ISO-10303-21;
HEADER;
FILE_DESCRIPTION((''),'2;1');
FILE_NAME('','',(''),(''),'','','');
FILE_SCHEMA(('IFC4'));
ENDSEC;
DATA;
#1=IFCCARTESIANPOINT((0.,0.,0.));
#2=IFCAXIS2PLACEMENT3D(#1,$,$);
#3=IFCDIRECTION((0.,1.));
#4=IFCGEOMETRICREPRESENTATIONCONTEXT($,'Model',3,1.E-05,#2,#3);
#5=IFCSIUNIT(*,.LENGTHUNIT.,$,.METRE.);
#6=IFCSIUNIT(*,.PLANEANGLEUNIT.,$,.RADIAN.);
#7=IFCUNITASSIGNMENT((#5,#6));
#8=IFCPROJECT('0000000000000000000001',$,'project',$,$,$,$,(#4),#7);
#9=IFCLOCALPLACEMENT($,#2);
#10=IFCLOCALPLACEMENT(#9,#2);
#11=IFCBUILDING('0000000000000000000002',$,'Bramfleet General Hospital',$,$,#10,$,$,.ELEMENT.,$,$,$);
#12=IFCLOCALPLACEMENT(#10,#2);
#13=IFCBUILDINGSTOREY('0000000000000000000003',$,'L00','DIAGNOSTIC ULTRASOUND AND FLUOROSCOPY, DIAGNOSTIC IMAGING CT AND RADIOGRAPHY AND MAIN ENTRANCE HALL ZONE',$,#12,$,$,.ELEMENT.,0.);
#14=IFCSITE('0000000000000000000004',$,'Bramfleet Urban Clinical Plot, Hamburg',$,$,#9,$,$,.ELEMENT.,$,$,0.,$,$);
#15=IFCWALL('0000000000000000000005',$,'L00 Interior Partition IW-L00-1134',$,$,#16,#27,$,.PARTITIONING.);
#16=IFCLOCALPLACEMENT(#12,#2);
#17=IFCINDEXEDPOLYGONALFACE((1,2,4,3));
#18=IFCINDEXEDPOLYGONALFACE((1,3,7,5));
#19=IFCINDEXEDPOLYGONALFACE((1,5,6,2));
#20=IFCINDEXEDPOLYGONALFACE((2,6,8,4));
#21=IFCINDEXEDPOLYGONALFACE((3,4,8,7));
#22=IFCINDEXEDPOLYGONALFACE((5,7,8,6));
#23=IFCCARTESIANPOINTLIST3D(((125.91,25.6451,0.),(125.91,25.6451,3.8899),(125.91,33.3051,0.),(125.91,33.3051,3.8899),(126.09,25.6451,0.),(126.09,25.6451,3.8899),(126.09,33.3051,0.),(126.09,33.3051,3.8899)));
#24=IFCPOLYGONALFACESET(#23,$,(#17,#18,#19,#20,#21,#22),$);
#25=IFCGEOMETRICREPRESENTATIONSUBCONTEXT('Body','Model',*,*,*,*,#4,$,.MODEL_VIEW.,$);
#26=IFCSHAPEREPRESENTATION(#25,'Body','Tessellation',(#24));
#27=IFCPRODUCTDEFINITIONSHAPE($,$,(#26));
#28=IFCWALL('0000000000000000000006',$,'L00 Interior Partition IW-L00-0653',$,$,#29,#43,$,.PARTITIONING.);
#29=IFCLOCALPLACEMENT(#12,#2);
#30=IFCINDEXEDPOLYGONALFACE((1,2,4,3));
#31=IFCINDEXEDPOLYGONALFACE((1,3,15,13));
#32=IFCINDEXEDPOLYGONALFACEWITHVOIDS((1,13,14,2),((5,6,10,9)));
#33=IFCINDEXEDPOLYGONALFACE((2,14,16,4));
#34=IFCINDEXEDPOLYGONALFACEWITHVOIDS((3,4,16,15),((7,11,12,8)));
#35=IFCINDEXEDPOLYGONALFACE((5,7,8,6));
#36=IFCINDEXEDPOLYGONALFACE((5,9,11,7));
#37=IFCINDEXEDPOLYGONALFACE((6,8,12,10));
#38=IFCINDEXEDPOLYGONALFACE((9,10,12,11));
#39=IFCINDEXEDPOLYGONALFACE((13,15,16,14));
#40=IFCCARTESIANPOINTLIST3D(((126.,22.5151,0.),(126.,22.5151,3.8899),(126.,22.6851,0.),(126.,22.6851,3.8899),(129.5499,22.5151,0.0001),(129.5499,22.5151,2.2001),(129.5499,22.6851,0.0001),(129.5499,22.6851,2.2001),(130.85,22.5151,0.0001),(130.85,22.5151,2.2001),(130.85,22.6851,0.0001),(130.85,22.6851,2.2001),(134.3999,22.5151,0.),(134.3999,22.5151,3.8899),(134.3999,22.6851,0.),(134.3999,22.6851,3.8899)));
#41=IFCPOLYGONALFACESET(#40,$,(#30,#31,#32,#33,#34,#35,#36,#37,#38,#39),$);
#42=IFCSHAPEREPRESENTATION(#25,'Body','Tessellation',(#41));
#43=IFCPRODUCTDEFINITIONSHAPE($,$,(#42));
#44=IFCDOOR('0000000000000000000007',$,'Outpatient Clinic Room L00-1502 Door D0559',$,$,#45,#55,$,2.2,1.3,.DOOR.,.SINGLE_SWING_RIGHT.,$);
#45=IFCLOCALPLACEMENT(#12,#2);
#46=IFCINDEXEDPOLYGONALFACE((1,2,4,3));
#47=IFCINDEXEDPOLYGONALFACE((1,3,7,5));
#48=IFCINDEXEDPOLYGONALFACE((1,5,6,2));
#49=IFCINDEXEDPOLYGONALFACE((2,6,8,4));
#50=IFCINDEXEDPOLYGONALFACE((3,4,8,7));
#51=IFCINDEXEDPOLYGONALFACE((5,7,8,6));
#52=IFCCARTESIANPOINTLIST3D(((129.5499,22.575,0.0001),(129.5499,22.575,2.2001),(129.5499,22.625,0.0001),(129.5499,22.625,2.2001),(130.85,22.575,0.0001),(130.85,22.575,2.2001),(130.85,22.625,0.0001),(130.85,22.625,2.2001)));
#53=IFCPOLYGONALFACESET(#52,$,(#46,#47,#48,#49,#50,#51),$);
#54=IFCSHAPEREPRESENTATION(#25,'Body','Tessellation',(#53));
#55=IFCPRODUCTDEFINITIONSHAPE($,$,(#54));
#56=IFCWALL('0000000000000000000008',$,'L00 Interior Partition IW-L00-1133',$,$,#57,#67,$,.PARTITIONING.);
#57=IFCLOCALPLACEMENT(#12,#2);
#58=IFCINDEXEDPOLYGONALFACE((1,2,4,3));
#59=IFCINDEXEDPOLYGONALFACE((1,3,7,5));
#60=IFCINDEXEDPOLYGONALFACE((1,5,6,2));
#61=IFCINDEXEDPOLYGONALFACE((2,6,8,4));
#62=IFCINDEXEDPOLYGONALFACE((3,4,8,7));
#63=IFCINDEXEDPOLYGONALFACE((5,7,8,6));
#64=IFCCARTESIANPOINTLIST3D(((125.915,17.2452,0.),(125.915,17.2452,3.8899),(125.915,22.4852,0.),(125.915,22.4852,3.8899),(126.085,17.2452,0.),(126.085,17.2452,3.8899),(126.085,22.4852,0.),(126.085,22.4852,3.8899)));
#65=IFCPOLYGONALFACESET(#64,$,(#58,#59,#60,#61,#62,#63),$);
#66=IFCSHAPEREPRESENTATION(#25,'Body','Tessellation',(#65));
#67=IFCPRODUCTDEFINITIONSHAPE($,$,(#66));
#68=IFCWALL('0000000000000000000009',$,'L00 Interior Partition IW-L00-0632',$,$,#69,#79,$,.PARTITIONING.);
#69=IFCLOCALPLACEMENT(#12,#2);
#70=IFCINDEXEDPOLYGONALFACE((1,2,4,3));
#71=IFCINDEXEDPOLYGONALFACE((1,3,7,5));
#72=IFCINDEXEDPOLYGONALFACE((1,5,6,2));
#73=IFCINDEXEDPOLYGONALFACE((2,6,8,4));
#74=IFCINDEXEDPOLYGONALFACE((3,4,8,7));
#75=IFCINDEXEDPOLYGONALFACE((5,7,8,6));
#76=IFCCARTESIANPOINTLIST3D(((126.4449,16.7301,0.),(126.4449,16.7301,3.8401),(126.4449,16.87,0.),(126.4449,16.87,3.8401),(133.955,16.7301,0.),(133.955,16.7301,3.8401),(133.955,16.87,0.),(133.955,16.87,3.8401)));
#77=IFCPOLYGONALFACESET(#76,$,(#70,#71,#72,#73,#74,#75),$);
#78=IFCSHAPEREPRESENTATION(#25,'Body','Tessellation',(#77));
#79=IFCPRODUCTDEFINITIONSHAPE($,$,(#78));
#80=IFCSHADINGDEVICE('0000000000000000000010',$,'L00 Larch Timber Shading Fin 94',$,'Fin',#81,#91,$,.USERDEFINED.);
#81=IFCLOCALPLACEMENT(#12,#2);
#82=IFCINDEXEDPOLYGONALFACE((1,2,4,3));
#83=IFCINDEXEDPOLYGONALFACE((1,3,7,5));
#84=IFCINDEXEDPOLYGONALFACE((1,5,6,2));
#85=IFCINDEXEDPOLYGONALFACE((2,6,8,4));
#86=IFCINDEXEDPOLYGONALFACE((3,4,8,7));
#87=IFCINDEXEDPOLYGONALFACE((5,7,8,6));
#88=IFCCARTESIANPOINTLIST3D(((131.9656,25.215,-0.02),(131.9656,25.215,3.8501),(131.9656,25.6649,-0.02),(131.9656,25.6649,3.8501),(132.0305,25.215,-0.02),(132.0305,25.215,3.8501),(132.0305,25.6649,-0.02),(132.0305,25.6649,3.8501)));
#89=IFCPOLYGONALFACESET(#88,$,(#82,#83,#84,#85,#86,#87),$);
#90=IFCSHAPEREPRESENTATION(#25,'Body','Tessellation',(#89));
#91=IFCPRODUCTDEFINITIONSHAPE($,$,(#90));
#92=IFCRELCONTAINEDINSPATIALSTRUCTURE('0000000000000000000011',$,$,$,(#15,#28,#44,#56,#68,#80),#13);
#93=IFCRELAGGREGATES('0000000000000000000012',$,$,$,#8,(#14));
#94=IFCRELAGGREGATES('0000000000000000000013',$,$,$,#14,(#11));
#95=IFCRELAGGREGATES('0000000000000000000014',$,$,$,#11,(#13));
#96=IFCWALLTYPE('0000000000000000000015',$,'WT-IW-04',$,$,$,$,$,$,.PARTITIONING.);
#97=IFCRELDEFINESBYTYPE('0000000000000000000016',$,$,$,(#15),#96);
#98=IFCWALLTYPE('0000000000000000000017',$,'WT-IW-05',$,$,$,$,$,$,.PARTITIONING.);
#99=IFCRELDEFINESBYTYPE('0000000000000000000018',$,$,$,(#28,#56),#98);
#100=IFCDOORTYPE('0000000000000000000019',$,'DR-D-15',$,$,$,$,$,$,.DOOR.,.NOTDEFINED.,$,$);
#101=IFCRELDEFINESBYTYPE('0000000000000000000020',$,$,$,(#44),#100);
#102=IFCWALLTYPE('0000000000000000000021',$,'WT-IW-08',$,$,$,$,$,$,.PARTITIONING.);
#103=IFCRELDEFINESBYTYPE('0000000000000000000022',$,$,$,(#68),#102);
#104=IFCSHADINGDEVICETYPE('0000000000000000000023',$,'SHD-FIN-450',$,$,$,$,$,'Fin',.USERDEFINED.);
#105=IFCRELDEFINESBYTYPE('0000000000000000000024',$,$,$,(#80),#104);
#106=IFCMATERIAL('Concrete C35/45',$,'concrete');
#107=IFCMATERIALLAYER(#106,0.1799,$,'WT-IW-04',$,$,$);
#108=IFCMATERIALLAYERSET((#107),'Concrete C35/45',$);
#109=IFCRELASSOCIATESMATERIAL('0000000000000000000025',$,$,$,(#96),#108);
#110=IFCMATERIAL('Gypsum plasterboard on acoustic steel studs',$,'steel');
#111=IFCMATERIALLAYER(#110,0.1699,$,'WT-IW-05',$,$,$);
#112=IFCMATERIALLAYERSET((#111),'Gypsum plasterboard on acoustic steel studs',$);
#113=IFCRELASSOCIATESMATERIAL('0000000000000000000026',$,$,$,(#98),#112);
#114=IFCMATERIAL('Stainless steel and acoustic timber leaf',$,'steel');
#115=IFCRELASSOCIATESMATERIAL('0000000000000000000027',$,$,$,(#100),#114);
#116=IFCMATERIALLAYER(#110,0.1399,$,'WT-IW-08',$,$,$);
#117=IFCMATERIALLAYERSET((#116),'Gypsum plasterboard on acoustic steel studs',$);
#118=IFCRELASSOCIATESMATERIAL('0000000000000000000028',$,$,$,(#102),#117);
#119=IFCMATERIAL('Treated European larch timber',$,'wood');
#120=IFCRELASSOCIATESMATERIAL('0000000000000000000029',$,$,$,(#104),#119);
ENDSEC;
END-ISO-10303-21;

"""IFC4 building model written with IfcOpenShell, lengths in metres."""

from ifc_helpers import new_model, si_unit, direction, frame, frame_2d, origin, origin_2d, place, context, subcontext, project, spatial, rectangle, extrude, material, layer, layer_set, material_profile, profile_set, type_object, element, fill, save


model = new_model("IFC4")

# Units and contexts
model_context = context("Model", 3, precision=1e-05, world=origin(), true_north=direction((0.0, 1.0)))
body_context = subcontext(model_context, "Body", "Model", "MODEL_VIEW")
ifc_project = project(units=[si_unit("LENGTHUNIT", "METRE"), si_unit("PLANEANGLEUNIT", "RADIAN")], contexts=[model_context])

# Site, building, storey
site_placement = place(None, origin())
site = spatial("IfcSite", under=ifc_project, at=site_placement, Name="Bramfleet Urban Clinical Plot, Hamburg", CompositionType="ELEMENT", RefElevation=0.0)
building_placement = place(site_placement, origin())
building = spatial("IfcBuilding", under=site, at=building_placement, Name="Bramfleet General Hospital", CompositionType="ELEMENT")
storey_placement = place(building_placement, origin())
storey = spatial("IfcBuildingStorey", under=building, at=storey_placement, Name="L00", Description="DIAGNOSTIC ULTRASOUND AND FLUOROSCOPY, DIAGNOSTIC IMAGING CT AND RADIOGRAPHY AND MAIN ENTRANCE HALL ZONE", CompositionType="ELEMENT", Elevation=0.0)

# Shared definitions
ifc_material_1 = material(Name="Concrete C35/45", Category="concrete")

# Shared definitions
ifc_layer_1 = layer(ifc_material_1, 0.1799, Name="WT-IW-04")
ifc_layer_set_1 = layer_set([ifc_layer_1], Name="Concrete C35/45")
wall_type_1 = type_object("IfcWallType", Name="WT-IW-04", PredefinedType="PARTITIONING", material=ifc_layer_set_1)
ifc_material_2 = material(Name="Stainless steel and acoustic timber leaf", Category="steel")

# Wall
wall_1_placement = place(storey_placement, frame((126.0, 25.645, 0.0), z_axis=(0.0, 0.0, 1.0), x_axis=(0.0, 1.0, 0.0)))
element("IfcWall", 1, at=wall_1_placement, inside=storey, type_object=wall_type_1, Name="L00 Interior Partition IW-L00-1134", PredefinedType="PARTITIONING", context=body_context, shape_type="SweptSolid", body=[
    extrude(rectangle(XDim=7.6599, YDim=0.1799, at=frame_2d((3.8301, 0.0))), origin(), (0.0, 0.0, 1.0), 3.8899),
])

# Wall, opening, door
ifc_material_3 = material(Name="Gypsum plasterboard on acoustic steel studs", Category="steel")
ifc_layer_2 = layer(ifc_material_3, 0.1699, Name="WT-IW-05")
ifc_layer_set_2 = layer_set([ifc_layer_2], Name="Gypsum plasterboard on acoustic steel studs")
wall_type_2 = type_object("IfcWallType", Name="WT-IW-05", PredefinedType="PARTITIONING", material=ifc_layer_set_2)
wall_2_placement = place(storey_placement, frame((126.0, 22.6001, 0.0), z_axis=(0.0, 0.0, 1.0), x_axis=(1.0, 0.0, 0.0)))
wall_2 = element("IfcWall", 2, at=wall_2_placement, inside=storey, type_object=wall_type_2, Name="L00 Interior Partition IW-L00-0653", PredefinedType="PARTITIONING", context=body_context, shape_type="SweptSolid", body=[
    extrude(rectangle(XDim=8.3999, YDim=0.1699, at=frame_2d((4.2, 0.0))), origin(), (0.0, 0.0, 1.0), 3.8899),
])
opening_1_placement = place(wall_2_placement, frame((3.55, 0.0, 0.0)))
opening_1 = element("IfcOpeningElement", 3, at=opening_1_placement, cuts=wall_2, PredefinedType="OPENING", context=body_context, shape_type="SweptSolid", body=[
    extrude(rectangle(XDim=1.3, YDim=2.2, at=frame_2d((0.6499, 1.1001))), frame((0.0, 0.095, 0.0), z_axis=(0.0, -1.0, 0.0), x_axis=(1.0, 0.0, 0.0)), (0.0, 0.0, 1.0), 0.1899),
])
door_type_1 = type_object("IfcDoorType", Name="DR-D-15", OperationType="NOTDEFINED", PredefinedType="DOOR", material=ifc_material_2)
door_1_placement = place(opening_1_placement, origin())
door_1 = element("IfcDoor", 4, at=door_1_placement, inside=storey, type_object=door_type_1, Name="Outpatient Clinic Room L00-1502 Door D0559", OperationType="SINGLE_SWING_RIGHT", OverallHeight=2.2, OverallWidth=1.3, PredefinedType="DOOR", context=body_context, shape_type="SweptSolid", body=[
    extrude(rectangle(XDim=1.3, YDim=2.2, at=frame_2d((0.6499, 1.1001))), frame((0.0, 0.0249, 0.0), z_axis=(0.0, -1.0, 0.0), x_axis=(1.0, 0.0, 0.0)), (0.0, 0.0, 1.0), 0.05),
])
fill(opening_1, door_1)

# Walls
wall_3_placement = place(storey_placement, frame((126.0, 17.2451, 0.0), z_axis=(0.0, 0.0, 1.0), x_axis=(0.0, 1.0, 0.0)))
element("IfcWall", 5, at=wall_3_placement, inside=storey, type_object=wall_type_2, Name="L00 Interior Partition IW-L00-1133", PredefinedType="PARTITIONING", context=body_context, shape_type="SweptSolid", body=[
    extrude(rectangle(XDim=5.24, YDim=0.1699, at=frame_2d((2.6201, 0.0))), origin(), (0.0, 0.0, 1.0), 3.8899),
])
ifc_layer_3 = layer(ifc_material_3, 0.1399, Name="WT-IW-08")
ifc_layer_set_3 = layer_set([ifc_layer_3], Name="Gypsum plasterboard on acoustic steel studs")
wall_type_3 = type_object("IfcWallType", Name="WT-IW-08", PredefinedType="PARTITIONING", material=ifc_layer_set_3)
wall_4_placement = place(storey_placement, frame((126.4451, 16.8, 0.0), z_axis=(0.0, 0.0, 1.0), x_axis=(1.0, 0.0, 0.0)))
element("IfcWall", 6, at=wall_4_placement, inside=storey, type_object=wall_type_3, Name="L00 Interior Partition IW-L00-0632", PredefinedType="PARTITIONING", context=body_context, shape_type="SweptSolid", body=[
    extrude(rectangle(XDim=7.51, YDim=0.1399, at=frame_2d((3.7549, 0.0))), origin(), (0.0, 0.0, 1.0), 3.8401),
])

# Shading device
ifc_material_4 = material(Name="Treated European larch timber", Category="wood")
ifc_material_profile_1 = material_profile(ifc_material_4, rectangle(XDim=0.0649, YDim=0.45, at=origin_2d()), Name="LARCH FIN 450x65")
ifc_profile_set_1 = profile_set([ifc_material_profile_1], Name="Treated European larch timber")
shading_device_type = type_object("IfcShadingDeviceType", Name="SHD-FIN-450", ElementType="Fin", PredefinedType="USERDEFINED", material=ifc_profile_set_1)
shading_device_placement = place(storey_placement, frame((131.998, 25.4399, -0.02), z_axis=(0.0, 0.0, 1.0), x_axis=(1.0, 0.0, 0.0)))
element("IfcShadingDevice", 7, at=shading_device_placement, inside=storey, type_object=shading_device_type, Name="L00 Larch Timber Shading Fin 94", ObjectType="Fin", PredefinedType="USERDEFINED", context=body_context, shape_type="SweptSolid", body=[
    extrude(rectangle(XDim=0.0649, YDim=0.45, at=origin_2d()), origin(), (0.0, 0.0, 1.0), 3.8701),
])

save(model, "model.ifc")
